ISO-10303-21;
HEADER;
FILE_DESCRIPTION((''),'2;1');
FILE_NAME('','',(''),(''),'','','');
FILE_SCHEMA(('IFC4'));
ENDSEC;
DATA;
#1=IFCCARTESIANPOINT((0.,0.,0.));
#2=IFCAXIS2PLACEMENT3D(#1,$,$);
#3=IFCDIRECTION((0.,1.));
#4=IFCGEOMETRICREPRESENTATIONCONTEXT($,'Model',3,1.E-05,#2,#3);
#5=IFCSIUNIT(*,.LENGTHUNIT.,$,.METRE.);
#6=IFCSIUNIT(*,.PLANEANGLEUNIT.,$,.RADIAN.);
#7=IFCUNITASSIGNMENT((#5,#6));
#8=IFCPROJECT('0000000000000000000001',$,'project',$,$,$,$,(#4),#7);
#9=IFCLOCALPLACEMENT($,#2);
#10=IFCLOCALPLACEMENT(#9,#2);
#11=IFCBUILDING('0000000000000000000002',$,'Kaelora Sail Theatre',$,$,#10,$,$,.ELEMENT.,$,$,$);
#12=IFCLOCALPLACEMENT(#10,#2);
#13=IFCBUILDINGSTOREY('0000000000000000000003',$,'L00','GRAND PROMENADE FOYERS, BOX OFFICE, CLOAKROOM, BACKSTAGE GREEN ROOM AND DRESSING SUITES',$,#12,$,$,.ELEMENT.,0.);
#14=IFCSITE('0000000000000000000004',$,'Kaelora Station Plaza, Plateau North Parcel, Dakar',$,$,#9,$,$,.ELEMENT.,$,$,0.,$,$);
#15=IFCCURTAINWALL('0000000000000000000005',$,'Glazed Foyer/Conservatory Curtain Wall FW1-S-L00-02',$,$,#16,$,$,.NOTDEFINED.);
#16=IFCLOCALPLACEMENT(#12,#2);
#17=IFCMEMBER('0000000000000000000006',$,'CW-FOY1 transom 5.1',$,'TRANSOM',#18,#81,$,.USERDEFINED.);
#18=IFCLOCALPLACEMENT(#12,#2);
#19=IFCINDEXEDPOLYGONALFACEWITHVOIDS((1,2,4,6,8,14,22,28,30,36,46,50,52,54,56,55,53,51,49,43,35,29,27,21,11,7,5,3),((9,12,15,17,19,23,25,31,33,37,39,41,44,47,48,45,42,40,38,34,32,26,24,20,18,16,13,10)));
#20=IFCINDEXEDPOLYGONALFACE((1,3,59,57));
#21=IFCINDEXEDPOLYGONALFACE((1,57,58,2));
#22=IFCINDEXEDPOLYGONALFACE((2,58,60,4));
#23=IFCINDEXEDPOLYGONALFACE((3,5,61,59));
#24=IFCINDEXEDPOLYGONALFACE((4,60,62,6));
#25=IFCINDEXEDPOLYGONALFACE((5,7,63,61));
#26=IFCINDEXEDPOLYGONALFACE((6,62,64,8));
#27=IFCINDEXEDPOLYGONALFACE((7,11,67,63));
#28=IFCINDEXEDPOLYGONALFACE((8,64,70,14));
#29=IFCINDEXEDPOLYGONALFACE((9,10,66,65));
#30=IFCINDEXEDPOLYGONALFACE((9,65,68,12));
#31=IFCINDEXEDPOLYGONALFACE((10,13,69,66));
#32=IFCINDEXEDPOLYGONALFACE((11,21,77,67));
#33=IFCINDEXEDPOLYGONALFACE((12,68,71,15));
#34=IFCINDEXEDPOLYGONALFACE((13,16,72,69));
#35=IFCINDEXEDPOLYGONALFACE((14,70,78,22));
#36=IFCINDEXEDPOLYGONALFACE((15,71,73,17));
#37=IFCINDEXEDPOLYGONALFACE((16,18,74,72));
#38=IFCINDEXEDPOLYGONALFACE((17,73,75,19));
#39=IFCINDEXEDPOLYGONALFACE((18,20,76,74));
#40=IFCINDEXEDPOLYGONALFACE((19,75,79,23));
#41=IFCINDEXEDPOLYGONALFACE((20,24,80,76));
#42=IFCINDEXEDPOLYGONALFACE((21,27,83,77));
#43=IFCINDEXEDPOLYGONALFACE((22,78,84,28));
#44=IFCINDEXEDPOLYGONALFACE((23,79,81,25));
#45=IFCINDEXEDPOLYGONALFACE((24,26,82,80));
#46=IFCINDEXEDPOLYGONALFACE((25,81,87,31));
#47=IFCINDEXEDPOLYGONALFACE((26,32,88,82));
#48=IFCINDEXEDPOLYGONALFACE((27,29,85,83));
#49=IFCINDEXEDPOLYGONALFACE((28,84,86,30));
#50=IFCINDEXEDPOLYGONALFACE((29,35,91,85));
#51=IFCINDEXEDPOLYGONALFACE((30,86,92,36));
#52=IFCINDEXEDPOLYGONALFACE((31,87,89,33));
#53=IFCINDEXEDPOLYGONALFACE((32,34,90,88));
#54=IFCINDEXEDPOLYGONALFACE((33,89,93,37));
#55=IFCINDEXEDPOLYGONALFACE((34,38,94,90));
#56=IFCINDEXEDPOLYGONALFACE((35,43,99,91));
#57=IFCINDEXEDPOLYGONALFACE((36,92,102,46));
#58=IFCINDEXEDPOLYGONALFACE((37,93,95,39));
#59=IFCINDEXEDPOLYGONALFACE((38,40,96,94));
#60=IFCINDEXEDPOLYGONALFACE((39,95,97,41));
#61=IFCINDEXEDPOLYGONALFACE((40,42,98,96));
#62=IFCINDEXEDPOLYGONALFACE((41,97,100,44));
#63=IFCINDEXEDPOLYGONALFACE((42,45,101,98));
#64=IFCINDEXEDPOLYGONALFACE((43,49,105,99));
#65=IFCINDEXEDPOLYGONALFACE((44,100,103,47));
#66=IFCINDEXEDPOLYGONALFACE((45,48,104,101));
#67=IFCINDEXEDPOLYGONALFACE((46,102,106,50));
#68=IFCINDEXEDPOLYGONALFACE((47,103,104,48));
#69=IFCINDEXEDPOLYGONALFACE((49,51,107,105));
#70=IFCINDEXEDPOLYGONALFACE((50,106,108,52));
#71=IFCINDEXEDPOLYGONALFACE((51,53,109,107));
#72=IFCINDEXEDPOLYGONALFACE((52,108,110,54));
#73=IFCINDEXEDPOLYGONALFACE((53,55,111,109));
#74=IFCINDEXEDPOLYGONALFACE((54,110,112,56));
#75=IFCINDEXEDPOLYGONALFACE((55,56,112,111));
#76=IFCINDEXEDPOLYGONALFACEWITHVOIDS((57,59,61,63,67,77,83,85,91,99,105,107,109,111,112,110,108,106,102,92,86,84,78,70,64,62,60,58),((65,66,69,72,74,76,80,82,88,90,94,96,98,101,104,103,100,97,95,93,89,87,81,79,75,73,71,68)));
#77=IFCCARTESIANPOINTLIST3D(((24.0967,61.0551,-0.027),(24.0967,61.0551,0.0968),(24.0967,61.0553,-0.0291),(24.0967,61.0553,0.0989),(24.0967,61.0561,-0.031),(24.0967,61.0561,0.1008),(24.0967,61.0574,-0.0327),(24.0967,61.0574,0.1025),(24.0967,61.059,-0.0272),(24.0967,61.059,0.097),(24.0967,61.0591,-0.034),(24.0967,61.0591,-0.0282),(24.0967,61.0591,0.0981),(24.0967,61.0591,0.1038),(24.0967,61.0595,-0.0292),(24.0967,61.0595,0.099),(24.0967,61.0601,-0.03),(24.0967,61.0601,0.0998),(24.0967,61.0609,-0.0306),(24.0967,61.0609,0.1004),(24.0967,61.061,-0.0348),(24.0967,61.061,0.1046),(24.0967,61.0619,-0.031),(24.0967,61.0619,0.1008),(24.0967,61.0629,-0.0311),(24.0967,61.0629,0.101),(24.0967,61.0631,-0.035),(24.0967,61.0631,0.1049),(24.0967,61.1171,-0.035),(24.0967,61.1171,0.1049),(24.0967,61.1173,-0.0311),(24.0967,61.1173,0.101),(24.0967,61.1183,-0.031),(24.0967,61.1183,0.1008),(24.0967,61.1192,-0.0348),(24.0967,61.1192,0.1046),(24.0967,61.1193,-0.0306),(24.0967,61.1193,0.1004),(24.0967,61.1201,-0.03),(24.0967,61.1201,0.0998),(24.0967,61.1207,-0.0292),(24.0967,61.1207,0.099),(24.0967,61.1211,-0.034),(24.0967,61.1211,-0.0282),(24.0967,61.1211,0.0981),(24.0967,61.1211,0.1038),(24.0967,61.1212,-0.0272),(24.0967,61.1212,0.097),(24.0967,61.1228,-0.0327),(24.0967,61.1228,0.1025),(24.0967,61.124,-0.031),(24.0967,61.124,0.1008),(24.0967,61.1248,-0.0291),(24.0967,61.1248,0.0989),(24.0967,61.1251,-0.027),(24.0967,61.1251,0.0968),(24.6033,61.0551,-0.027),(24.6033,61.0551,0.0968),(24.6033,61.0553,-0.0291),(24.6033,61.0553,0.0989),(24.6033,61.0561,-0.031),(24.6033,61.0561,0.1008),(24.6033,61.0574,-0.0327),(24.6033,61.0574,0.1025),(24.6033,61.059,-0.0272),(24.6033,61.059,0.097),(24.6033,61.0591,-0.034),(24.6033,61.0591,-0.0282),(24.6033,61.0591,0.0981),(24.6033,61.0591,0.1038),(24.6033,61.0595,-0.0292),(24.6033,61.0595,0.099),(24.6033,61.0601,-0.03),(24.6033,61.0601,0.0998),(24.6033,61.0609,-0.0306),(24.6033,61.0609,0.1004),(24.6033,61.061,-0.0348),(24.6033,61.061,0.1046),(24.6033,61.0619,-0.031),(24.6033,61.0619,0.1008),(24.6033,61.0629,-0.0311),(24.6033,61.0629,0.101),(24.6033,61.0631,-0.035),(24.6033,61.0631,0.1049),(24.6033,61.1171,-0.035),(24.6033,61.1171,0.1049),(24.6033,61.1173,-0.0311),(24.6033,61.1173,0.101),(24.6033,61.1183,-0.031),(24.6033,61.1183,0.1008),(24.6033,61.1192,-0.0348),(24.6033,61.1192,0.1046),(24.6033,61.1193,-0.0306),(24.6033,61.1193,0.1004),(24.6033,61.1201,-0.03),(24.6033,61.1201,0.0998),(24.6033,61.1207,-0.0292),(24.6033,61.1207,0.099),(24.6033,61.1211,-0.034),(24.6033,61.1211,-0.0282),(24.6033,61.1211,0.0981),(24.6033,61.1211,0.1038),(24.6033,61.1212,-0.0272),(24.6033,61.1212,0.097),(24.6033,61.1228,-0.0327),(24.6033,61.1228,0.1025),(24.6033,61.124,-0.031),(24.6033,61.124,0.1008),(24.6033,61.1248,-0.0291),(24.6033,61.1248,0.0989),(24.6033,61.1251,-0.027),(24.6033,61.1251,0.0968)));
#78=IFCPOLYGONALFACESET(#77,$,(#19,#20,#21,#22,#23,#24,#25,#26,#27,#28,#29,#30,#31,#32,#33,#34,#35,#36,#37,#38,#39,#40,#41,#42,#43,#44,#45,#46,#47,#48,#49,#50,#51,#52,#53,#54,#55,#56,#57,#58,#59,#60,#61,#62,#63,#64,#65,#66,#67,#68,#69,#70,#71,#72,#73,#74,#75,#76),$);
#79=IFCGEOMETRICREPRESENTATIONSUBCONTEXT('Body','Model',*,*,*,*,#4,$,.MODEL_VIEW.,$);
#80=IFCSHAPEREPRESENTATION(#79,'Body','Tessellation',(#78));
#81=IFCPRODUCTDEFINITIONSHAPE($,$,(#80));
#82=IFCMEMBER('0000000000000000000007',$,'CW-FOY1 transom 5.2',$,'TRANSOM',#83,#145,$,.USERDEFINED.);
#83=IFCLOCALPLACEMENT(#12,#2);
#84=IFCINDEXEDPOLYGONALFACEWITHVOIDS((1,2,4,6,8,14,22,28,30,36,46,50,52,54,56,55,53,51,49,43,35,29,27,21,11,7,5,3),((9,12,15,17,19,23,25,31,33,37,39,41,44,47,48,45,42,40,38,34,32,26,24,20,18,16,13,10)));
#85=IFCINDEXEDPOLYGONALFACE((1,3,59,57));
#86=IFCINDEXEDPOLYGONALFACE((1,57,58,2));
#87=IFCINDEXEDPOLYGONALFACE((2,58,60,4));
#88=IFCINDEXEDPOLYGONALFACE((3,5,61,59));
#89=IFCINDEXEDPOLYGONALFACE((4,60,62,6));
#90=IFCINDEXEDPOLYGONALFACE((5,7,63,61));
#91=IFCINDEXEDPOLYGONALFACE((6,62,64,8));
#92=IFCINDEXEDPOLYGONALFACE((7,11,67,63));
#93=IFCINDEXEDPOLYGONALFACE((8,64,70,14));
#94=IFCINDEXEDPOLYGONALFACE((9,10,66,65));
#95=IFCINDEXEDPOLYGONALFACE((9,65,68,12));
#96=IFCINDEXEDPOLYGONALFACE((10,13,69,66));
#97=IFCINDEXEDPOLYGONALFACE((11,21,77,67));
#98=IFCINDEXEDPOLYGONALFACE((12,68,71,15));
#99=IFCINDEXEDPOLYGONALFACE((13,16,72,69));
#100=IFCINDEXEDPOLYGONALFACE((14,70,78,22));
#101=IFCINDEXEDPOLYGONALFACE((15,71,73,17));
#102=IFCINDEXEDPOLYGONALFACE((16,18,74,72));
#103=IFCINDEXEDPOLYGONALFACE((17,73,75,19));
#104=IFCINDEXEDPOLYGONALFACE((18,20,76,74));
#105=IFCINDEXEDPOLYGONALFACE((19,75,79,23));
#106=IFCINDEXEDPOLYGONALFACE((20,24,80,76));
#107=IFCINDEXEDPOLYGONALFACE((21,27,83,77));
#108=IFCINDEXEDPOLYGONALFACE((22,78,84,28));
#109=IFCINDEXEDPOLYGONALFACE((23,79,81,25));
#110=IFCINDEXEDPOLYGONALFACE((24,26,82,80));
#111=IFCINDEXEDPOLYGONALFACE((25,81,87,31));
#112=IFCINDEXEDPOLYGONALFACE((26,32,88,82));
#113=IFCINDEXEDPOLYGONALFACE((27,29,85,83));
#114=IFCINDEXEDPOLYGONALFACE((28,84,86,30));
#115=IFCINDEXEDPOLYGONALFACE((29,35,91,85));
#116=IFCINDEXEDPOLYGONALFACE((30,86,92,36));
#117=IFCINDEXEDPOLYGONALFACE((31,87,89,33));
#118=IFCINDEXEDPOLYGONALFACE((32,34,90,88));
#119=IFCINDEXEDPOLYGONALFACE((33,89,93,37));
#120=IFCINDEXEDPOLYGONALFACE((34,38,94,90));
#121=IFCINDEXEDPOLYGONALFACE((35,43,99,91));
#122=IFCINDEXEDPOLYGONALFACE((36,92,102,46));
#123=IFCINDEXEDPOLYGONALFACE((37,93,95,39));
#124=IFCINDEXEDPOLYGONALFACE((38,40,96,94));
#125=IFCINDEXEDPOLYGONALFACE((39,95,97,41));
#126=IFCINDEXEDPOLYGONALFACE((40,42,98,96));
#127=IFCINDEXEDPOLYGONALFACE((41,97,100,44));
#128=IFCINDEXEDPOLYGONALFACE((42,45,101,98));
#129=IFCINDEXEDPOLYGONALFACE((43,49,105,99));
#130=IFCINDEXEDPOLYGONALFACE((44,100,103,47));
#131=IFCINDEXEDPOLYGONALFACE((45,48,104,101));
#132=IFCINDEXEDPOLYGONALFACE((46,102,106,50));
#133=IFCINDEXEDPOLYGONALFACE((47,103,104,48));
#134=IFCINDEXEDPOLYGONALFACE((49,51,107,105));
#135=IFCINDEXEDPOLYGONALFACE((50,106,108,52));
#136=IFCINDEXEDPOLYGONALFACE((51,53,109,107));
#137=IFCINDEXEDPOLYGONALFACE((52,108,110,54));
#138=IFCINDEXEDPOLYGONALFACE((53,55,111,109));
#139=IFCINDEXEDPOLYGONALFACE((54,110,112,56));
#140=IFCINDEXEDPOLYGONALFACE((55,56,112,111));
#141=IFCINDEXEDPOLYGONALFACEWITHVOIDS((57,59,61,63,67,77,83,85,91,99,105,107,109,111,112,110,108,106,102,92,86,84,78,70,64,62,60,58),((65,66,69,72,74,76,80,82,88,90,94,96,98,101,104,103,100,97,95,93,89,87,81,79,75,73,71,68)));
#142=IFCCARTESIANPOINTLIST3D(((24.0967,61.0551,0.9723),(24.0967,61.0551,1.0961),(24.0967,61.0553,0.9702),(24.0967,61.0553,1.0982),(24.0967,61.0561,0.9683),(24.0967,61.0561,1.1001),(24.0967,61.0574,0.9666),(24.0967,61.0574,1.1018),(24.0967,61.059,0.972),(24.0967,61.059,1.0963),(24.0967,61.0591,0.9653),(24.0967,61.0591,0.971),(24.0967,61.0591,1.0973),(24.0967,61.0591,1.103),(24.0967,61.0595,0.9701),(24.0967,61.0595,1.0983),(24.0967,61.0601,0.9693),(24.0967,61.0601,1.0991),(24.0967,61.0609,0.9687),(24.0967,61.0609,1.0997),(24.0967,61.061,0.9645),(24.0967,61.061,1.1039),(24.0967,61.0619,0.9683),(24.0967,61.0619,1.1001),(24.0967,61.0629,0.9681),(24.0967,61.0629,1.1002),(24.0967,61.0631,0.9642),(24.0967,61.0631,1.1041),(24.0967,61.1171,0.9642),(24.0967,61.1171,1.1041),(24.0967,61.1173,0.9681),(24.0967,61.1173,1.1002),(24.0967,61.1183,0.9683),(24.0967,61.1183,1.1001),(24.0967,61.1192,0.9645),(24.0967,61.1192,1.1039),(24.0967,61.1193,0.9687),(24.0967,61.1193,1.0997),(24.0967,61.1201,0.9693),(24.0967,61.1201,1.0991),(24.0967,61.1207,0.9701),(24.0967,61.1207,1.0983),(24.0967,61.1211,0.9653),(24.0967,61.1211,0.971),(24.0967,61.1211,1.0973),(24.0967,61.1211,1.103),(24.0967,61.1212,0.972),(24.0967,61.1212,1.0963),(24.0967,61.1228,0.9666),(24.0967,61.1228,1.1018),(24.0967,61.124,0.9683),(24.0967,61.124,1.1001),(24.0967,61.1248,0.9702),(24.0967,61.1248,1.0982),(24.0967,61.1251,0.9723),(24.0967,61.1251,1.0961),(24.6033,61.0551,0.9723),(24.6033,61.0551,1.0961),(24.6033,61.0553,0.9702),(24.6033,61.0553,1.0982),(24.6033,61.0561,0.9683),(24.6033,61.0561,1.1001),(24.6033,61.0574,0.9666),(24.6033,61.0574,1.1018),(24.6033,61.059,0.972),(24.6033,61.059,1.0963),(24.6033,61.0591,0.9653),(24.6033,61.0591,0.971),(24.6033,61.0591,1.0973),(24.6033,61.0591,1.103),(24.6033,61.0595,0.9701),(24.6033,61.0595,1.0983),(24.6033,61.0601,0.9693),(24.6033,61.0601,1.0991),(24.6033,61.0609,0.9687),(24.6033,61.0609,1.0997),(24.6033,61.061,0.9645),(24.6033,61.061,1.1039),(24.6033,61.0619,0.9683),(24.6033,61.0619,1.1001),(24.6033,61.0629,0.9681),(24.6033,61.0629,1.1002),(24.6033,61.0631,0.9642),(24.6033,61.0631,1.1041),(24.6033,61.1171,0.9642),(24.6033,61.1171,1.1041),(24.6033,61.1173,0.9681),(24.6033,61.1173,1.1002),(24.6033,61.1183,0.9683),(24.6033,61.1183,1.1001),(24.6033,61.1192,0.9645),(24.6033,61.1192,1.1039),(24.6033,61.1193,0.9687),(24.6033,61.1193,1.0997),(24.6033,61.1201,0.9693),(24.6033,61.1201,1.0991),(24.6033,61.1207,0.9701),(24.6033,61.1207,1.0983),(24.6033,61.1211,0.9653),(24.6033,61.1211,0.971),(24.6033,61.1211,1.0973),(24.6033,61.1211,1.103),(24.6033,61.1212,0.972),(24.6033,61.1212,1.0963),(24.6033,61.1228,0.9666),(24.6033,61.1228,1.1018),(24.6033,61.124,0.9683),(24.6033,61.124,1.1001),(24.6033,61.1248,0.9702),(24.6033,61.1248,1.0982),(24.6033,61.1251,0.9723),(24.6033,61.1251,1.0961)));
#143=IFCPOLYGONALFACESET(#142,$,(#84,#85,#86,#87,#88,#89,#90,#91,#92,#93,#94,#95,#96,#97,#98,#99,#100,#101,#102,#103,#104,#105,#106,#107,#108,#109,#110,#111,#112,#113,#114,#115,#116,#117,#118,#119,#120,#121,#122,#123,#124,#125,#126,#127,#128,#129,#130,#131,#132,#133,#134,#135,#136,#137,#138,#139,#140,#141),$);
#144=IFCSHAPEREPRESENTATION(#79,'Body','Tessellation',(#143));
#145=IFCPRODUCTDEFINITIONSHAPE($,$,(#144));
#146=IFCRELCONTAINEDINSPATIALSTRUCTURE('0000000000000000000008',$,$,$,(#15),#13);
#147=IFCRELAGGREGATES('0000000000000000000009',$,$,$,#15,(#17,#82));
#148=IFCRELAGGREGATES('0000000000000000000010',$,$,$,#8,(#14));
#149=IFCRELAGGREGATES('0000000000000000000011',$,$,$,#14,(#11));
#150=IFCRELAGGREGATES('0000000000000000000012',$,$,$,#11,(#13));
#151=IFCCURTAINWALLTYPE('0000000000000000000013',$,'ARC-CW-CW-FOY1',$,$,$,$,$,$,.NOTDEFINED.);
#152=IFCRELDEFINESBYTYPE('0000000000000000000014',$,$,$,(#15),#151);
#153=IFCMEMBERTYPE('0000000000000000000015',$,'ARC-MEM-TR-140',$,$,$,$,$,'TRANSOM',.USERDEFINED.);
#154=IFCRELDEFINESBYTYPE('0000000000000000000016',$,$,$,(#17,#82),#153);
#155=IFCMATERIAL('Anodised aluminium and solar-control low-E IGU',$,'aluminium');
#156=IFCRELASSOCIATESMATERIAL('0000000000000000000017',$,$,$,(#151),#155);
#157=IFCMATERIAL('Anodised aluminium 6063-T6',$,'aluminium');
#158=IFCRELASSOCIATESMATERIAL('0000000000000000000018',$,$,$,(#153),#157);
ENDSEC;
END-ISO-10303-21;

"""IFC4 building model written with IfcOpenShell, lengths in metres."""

from ifc_helpers import new_model, si_unit, direction, frame, origin, origin_2d, place, context, subcontext, project, spatial, hollow_rectangle, extrude, material, material_profile, profile_set, type_object, element, aggregate, save


model = new_model("IFC4")

# Units and contexts
model_context = context("Model", 3, precision=1e-05, world=origin(), true_north=direction((0.0, 1.0)))
body_context = subcontext(model_context, "Body", "Model", "MODEL_VIEW")
ifc_project = project(units=[si_unit("LENGTHUNIT", "METRE"), si_unit("PLANEANGLEUNIT", "RADIAN")], contexts=[model_context])

# Site, building, storey
site_placement = place(None, origin())
site = spatial("IfcSite", under=ifc_project, at=site_placement, Name="Kaelora Station Plaza, Plateau North Parcel, Dakar", CompositionType="ELEMENT", RefElevation=0.0)
building_placement = place(site_placement, origin())
building = spatial("IfcBuilding", under=site, at=building_placement, Name="Kaelora Sail Theatre", CompositionType="ELEMENT")
storey_placement = place(building_placement, origin())
storey = spatial("IfcBuildingStorey", under=building, at=storey_placement, Name="L00", Description="GRAND PROMENADE FOYERS, BOX OFFICE, CLOAKROOM, BACKSTAGE GREEN ROOM AND DRESSING SUITES", CompositionType="ELEMENT", Elevation=0.0)

# Curtain wall, members
ifc_material_1 = material(Name="Anodised aluminium and solar-control low-E IGU", Category="aluminium")
curtain_wall_type = type_object("IfcCurtainWallType", Name="ARC-CW-CW-FOY1", PredefinedType="NOTDEFINED", material=ifc_material_1)
curtain_wall_placement = place(storey_placement, origin())
curtain_wall = element("IfcCurtainWall", 1, at=curtain_wall_placement, inside=storey, type_object=curtain_wall_type, Name="Glazed Foyer/Conservatory Curtain Wall FW1-S-L00-02", PredefinedType="NOTDEFINED")
ifc_material_2 = material(Name="Anodised aluminium 6063-T6", Category="aluminium")
ifc_material_profile_1 = material_profile(ifc_material_2, hollow_rectangle(XDim=0.0701, YDim=0.1399, WallThickness=0.0039, InnerFilletRadius=0.0039, OuterFilletRadius=0.0081, at=origin_2d()), Name="ALU-TRAN 70x140x4")
ifc_profile_set_1 = profile_set([ifc_material_profile_1], Name="Anodised aluminium 6063-T6")
member_type_1 = type_object("IfcMemberType", Name="ARC-MEM-TR-140", ElementType="TRANSOM", PredefinedType="USERDEFINED", material=ifc_profile_set_1)
member_1_placement = place(storey_placement, frame((24.0967, 61.0901, 0.0349), z_axis=(1.0, 0.0, 0.0), x_axis=(0.0, 1.0, 0.0)))
member_1 = element("IfcMember", 2, at=member_1_placement, type_object=member_type_1, Name="CW-FOY1 transom 5.1", ObjectType="TRANSOM", PredefinedType="USERDEFINED", context=body_context, shape_type="SweptSolid", body=[
    extrude(hollow_rectangle(XDim=0.0701, YDim=0.1399, WallThickness=0.0039, InnerFilletRadius=0.0039, OuterFilletRadius=0.0081, at=origin_2d()), origin(), (0.0, 0.0, 1.0), 0.5066),
])
member_2_placement = place(storey_placement, frame((24.0967, 61.0901, 1.0342), z_axis=(1.0, 0.0, 0.0), x_axis=(0.0, 1.0, 0.0)))
member_2 = element("IfcMember", 3, at=member_2_placement, type_object=member_type_1, Name="CW-FOY1 transom 5.2", ObjectType="TRANSOM", PredefinedType="USERDEFINED", context=body_context, shape_type="SweptSolid", body=[
    extrude(hollow_rectangle(XDim=0.0701, YDim=0.1399, WallThickness=0.0039, InnerFilletRadius=0.0039, OuterFilletRadius=0.0081, at=origin_2d()), origin(), (0.0, 0.0, 1.0), 0.5066),
])

aggregate(curtain_wall, [member_1, member_2])

save(model, "model.ifc")
